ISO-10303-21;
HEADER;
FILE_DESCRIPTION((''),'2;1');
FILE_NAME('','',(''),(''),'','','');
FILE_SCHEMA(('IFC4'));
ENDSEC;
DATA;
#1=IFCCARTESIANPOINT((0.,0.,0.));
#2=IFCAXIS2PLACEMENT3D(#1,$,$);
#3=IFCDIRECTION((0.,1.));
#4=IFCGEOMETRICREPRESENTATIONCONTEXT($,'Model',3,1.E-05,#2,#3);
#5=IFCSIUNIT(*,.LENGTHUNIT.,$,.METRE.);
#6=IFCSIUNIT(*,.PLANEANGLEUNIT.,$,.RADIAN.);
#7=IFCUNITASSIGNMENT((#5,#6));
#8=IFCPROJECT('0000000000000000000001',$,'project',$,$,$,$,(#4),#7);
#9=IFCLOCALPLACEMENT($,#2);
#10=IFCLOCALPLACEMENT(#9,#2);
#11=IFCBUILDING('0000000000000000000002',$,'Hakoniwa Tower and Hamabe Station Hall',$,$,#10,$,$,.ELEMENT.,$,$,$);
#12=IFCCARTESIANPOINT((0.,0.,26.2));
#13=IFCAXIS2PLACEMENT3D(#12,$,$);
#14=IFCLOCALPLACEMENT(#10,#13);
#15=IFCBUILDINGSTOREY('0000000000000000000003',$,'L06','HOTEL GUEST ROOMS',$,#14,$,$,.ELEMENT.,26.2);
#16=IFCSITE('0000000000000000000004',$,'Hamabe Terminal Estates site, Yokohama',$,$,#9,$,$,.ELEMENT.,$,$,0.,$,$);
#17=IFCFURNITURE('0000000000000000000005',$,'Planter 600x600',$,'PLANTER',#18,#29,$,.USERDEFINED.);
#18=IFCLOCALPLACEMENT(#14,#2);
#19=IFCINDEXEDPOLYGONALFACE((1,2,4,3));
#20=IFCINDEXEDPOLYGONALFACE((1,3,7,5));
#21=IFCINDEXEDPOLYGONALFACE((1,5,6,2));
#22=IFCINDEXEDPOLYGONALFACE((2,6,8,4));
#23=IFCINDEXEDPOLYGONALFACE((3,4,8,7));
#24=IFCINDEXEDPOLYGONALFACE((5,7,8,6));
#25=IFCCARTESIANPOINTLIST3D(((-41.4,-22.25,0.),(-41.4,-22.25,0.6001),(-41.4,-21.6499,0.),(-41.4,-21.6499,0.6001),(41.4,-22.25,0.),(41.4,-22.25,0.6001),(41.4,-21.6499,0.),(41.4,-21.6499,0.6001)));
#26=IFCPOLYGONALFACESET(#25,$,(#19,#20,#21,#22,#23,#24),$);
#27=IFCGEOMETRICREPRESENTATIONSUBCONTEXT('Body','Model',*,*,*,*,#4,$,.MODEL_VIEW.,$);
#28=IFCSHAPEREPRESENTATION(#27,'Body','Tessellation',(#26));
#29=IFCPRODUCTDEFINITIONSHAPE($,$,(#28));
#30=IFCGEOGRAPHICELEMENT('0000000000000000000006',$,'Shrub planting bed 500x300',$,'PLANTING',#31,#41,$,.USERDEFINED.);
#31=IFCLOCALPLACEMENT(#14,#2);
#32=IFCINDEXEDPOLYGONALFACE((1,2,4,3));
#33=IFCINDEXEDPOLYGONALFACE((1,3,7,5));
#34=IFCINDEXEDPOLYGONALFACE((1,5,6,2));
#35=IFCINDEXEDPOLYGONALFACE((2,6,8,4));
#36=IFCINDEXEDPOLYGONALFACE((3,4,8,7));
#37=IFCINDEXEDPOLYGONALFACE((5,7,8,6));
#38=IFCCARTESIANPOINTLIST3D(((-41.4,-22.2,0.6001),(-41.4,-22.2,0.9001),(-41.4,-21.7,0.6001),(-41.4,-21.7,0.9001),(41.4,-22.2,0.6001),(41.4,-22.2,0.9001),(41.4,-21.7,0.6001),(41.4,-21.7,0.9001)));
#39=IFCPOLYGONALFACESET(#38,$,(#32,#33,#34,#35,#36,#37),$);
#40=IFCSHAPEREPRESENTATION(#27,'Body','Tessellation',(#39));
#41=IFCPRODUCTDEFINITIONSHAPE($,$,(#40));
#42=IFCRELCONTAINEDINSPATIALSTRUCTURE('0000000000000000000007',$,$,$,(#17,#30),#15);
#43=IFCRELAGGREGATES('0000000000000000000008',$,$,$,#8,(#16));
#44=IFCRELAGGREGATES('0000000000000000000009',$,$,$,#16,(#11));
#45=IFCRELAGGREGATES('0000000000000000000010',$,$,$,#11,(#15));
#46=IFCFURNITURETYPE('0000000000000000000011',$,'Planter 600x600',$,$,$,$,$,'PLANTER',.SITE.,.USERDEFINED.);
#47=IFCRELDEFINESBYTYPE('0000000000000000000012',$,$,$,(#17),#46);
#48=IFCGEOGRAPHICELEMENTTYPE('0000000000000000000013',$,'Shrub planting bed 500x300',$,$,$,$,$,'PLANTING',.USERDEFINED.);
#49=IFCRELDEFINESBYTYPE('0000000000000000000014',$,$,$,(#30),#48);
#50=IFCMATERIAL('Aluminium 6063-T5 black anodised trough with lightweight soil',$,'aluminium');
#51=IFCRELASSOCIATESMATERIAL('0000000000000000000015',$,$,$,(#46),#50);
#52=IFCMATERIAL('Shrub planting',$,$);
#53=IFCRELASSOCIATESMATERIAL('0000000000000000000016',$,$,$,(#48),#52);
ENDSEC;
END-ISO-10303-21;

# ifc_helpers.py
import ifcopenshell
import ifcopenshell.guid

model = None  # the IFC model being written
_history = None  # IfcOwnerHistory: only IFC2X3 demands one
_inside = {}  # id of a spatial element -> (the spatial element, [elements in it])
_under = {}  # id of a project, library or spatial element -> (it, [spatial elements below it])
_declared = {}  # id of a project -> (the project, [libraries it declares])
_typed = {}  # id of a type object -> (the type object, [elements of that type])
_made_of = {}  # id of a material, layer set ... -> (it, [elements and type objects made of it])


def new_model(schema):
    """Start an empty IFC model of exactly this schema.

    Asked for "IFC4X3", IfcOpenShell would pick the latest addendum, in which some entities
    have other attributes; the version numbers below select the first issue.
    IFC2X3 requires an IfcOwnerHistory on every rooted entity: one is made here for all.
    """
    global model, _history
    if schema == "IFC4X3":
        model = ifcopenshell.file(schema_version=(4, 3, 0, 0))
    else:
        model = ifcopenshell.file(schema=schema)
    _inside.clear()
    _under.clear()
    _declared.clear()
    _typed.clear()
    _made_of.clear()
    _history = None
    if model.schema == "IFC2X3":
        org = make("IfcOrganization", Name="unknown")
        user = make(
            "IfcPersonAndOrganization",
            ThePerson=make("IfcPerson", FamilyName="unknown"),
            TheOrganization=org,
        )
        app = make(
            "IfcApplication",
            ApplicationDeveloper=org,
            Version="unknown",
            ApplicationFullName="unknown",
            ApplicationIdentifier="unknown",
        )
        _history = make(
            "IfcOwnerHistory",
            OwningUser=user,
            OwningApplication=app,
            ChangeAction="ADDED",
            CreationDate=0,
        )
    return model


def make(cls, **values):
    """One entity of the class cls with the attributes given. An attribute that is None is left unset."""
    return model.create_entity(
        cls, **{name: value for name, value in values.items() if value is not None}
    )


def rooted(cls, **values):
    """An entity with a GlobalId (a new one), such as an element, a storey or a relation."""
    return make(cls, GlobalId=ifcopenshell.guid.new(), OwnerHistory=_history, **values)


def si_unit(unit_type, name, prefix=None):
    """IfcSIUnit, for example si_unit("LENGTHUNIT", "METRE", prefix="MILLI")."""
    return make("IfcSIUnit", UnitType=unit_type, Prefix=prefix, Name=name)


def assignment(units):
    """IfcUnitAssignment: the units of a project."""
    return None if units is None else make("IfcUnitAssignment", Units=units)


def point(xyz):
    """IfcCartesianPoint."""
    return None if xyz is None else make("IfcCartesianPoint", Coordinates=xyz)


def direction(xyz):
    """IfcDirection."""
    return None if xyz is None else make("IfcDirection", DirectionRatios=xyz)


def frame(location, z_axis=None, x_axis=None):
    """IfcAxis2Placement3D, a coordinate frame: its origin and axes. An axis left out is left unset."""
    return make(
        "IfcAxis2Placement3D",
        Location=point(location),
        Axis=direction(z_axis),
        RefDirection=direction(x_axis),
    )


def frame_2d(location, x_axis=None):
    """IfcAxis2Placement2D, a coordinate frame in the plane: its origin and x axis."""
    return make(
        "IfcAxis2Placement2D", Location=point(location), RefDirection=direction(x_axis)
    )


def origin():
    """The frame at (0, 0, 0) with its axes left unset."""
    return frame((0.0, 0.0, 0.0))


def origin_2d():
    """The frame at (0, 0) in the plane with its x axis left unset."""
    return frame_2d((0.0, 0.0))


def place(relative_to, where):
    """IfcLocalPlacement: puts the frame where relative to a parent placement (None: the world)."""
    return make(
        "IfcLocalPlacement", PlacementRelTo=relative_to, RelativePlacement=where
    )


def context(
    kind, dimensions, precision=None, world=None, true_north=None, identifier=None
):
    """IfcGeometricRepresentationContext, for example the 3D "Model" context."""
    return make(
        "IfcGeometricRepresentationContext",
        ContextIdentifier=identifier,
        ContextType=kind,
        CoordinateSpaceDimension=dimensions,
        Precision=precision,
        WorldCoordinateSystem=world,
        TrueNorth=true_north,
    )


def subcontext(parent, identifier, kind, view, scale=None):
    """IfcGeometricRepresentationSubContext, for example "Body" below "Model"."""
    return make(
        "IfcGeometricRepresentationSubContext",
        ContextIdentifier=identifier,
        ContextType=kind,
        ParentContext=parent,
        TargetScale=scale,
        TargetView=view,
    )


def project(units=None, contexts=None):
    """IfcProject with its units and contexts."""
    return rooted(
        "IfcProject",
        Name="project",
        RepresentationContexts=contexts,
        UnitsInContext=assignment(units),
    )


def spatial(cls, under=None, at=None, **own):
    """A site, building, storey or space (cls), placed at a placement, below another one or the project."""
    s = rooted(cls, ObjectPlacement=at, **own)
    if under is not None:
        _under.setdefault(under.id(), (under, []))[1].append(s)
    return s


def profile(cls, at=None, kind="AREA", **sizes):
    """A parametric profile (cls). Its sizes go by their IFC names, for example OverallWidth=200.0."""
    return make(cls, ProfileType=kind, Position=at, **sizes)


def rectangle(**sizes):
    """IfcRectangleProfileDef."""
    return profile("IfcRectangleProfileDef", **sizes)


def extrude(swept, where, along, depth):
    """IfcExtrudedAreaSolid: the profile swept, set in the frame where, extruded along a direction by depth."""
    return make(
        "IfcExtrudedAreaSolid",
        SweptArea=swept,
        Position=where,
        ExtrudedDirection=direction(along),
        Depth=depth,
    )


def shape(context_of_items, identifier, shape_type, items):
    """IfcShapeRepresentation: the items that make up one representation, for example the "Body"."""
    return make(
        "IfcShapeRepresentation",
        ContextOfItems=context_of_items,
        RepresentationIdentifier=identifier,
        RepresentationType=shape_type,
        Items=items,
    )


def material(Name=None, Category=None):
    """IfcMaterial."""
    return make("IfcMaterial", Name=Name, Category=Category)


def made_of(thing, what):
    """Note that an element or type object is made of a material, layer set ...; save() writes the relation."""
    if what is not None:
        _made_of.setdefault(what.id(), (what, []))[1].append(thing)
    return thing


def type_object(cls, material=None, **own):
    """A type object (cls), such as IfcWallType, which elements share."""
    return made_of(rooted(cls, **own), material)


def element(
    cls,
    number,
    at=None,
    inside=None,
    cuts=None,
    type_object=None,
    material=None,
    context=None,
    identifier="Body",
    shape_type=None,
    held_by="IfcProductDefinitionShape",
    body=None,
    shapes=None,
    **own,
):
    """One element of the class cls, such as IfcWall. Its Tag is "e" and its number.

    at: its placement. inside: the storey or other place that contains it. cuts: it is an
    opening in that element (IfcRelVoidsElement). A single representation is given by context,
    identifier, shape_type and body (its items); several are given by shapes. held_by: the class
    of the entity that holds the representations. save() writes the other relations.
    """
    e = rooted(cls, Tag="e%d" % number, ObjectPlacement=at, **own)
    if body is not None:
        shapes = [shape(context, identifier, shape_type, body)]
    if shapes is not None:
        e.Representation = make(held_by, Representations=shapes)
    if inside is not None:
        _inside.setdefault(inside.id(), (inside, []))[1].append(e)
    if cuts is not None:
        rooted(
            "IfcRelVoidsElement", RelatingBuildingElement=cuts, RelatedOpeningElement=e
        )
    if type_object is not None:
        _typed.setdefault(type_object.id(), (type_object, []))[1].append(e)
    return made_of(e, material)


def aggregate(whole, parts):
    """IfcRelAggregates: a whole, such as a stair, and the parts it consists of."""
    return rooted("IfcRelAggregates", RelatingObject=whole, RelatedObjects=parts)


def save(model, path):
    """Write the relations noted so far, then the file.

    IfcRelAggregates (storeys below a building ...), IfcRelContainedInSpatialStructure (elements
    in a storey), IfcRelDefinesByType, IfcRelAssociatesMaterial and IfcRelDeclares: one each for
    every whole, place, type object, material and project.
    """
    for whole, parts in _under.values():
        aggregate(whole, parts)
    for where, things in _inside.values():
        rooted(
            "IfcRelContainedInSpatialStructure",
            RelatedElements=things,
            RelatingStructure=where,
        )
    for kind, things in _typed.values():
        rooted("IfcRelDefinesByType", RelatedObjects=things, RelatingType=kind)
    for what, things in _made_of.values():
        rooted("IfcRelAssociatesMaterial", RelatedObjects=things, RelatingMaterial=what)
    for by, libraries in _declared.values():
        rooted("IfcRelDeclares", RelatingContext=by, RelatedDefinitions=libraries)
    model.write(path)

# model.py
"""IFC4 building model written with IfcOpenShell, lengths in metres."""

from ifc_helpers import new_model, si_unit, direction, frame, origin, origin_2d, place, context, subcontext, project, spatial, rectangle, extrude, material, type_object, element, save


model = new_model("IFC4")

# Units and contexts
model_context = context("Model", 3, precision=1e-05, world=origin(), true_north=direction((0.0, 1.0)))
body_context = subcontext(model_context, "Body", "Model", "MODEL_VIEW")
ifc_project = project(units=[si_unit("LENGTHUNIT", "METRE"), si_unit("PLANEANGLEUNIT", "RADIAN")], contexts=[model_context])

# Site, building, storey
site_placement = place(None, origin())
site = spatial("IfcSite", under=ifc_project, at=site_placement, Name="Hamabe Terminal Estates site, Yokohama", CompositionType="ELEMENT", RefElevation=0.0)
building_placement = place(site_placement, origin())
building = spatial("IfcBuilding", under=site, at=building_placement, Name="Hakoniwa Tower and Hamabe Station Hall", CompositionType="ELEMENT")
storey_placement = place(building_placement, frame((0.0, 0.0, 26.2)))
storey = spatial("IfcBuildingStorey", under=building, at=storey_placement, Name="L06", Description="HOTEL GUEST ROOMS", CompositionType="ELEMENT", Elevation=26.2)

# Furniture
ifc_material_1 = material(Name="Aluminium 6063-T5 black anodised trough with lightweight soil", Category="aluminium")
furniture_type = type_object("IfcFurnitureType", Name="Planter 600x600", ElementType="PLANTER", AssemblyPlace="SITE", PredefinedType="USERDEFINED", material=ifc_material_1)
furniture_placement = place(storey_placement, frame((0.0, -21.95, 0.0), z_axis=(0.0, 0.0, 1.0), x_axis=(1.0, 0.0, 0.0)))
element("IfcFurniture", 1, at=furniture_placement, inside=storey, type_object=furniture_type, Name="Planter 600x600", ObjectType="PLANTER", PredefinedType="USERDEFINED", context=body_context, shape_type="SweptSolid", body=[
    extrude(rectangle(XDim=82.8, YDim=0.6001, at=origin_2d()), origin(), (0.0, 0.0, 1.0), 0.6001),
])

# Geographic element
ifc_material_2 = material(Name="Shrub planting")
geographic_element_type = type_object("IfcGeographicElementType", Name="Shrub planting bed 500x300", ElementType="PLANTING", PredefinedType="USERDEFINED", material=ifc_material_2)
geographic_element_placement = place(storey_placement, frame((0.0, -21.95, 0.6001), z_axis=(0.0, 0.0, 1.0), x_axis=(1.0, 0.0, 0.0)))
element("IfcGeographicElement", 2, at=geographic_element_placement, inside=storey, type_object=geographic_element_type, Name="Shrub planting bed 500x300", ObjectType="PLANTING", PredefinedType="USERDEFINED", context=body_context, shape_type="SweptSolid", body=[
    extrude(rectangle(XDim=82.8, YDim=0.5, at=origin_2d()), origin(), (0.0, 0.0, 1.0), 0.3),
])

save(model, "model.ifc")
